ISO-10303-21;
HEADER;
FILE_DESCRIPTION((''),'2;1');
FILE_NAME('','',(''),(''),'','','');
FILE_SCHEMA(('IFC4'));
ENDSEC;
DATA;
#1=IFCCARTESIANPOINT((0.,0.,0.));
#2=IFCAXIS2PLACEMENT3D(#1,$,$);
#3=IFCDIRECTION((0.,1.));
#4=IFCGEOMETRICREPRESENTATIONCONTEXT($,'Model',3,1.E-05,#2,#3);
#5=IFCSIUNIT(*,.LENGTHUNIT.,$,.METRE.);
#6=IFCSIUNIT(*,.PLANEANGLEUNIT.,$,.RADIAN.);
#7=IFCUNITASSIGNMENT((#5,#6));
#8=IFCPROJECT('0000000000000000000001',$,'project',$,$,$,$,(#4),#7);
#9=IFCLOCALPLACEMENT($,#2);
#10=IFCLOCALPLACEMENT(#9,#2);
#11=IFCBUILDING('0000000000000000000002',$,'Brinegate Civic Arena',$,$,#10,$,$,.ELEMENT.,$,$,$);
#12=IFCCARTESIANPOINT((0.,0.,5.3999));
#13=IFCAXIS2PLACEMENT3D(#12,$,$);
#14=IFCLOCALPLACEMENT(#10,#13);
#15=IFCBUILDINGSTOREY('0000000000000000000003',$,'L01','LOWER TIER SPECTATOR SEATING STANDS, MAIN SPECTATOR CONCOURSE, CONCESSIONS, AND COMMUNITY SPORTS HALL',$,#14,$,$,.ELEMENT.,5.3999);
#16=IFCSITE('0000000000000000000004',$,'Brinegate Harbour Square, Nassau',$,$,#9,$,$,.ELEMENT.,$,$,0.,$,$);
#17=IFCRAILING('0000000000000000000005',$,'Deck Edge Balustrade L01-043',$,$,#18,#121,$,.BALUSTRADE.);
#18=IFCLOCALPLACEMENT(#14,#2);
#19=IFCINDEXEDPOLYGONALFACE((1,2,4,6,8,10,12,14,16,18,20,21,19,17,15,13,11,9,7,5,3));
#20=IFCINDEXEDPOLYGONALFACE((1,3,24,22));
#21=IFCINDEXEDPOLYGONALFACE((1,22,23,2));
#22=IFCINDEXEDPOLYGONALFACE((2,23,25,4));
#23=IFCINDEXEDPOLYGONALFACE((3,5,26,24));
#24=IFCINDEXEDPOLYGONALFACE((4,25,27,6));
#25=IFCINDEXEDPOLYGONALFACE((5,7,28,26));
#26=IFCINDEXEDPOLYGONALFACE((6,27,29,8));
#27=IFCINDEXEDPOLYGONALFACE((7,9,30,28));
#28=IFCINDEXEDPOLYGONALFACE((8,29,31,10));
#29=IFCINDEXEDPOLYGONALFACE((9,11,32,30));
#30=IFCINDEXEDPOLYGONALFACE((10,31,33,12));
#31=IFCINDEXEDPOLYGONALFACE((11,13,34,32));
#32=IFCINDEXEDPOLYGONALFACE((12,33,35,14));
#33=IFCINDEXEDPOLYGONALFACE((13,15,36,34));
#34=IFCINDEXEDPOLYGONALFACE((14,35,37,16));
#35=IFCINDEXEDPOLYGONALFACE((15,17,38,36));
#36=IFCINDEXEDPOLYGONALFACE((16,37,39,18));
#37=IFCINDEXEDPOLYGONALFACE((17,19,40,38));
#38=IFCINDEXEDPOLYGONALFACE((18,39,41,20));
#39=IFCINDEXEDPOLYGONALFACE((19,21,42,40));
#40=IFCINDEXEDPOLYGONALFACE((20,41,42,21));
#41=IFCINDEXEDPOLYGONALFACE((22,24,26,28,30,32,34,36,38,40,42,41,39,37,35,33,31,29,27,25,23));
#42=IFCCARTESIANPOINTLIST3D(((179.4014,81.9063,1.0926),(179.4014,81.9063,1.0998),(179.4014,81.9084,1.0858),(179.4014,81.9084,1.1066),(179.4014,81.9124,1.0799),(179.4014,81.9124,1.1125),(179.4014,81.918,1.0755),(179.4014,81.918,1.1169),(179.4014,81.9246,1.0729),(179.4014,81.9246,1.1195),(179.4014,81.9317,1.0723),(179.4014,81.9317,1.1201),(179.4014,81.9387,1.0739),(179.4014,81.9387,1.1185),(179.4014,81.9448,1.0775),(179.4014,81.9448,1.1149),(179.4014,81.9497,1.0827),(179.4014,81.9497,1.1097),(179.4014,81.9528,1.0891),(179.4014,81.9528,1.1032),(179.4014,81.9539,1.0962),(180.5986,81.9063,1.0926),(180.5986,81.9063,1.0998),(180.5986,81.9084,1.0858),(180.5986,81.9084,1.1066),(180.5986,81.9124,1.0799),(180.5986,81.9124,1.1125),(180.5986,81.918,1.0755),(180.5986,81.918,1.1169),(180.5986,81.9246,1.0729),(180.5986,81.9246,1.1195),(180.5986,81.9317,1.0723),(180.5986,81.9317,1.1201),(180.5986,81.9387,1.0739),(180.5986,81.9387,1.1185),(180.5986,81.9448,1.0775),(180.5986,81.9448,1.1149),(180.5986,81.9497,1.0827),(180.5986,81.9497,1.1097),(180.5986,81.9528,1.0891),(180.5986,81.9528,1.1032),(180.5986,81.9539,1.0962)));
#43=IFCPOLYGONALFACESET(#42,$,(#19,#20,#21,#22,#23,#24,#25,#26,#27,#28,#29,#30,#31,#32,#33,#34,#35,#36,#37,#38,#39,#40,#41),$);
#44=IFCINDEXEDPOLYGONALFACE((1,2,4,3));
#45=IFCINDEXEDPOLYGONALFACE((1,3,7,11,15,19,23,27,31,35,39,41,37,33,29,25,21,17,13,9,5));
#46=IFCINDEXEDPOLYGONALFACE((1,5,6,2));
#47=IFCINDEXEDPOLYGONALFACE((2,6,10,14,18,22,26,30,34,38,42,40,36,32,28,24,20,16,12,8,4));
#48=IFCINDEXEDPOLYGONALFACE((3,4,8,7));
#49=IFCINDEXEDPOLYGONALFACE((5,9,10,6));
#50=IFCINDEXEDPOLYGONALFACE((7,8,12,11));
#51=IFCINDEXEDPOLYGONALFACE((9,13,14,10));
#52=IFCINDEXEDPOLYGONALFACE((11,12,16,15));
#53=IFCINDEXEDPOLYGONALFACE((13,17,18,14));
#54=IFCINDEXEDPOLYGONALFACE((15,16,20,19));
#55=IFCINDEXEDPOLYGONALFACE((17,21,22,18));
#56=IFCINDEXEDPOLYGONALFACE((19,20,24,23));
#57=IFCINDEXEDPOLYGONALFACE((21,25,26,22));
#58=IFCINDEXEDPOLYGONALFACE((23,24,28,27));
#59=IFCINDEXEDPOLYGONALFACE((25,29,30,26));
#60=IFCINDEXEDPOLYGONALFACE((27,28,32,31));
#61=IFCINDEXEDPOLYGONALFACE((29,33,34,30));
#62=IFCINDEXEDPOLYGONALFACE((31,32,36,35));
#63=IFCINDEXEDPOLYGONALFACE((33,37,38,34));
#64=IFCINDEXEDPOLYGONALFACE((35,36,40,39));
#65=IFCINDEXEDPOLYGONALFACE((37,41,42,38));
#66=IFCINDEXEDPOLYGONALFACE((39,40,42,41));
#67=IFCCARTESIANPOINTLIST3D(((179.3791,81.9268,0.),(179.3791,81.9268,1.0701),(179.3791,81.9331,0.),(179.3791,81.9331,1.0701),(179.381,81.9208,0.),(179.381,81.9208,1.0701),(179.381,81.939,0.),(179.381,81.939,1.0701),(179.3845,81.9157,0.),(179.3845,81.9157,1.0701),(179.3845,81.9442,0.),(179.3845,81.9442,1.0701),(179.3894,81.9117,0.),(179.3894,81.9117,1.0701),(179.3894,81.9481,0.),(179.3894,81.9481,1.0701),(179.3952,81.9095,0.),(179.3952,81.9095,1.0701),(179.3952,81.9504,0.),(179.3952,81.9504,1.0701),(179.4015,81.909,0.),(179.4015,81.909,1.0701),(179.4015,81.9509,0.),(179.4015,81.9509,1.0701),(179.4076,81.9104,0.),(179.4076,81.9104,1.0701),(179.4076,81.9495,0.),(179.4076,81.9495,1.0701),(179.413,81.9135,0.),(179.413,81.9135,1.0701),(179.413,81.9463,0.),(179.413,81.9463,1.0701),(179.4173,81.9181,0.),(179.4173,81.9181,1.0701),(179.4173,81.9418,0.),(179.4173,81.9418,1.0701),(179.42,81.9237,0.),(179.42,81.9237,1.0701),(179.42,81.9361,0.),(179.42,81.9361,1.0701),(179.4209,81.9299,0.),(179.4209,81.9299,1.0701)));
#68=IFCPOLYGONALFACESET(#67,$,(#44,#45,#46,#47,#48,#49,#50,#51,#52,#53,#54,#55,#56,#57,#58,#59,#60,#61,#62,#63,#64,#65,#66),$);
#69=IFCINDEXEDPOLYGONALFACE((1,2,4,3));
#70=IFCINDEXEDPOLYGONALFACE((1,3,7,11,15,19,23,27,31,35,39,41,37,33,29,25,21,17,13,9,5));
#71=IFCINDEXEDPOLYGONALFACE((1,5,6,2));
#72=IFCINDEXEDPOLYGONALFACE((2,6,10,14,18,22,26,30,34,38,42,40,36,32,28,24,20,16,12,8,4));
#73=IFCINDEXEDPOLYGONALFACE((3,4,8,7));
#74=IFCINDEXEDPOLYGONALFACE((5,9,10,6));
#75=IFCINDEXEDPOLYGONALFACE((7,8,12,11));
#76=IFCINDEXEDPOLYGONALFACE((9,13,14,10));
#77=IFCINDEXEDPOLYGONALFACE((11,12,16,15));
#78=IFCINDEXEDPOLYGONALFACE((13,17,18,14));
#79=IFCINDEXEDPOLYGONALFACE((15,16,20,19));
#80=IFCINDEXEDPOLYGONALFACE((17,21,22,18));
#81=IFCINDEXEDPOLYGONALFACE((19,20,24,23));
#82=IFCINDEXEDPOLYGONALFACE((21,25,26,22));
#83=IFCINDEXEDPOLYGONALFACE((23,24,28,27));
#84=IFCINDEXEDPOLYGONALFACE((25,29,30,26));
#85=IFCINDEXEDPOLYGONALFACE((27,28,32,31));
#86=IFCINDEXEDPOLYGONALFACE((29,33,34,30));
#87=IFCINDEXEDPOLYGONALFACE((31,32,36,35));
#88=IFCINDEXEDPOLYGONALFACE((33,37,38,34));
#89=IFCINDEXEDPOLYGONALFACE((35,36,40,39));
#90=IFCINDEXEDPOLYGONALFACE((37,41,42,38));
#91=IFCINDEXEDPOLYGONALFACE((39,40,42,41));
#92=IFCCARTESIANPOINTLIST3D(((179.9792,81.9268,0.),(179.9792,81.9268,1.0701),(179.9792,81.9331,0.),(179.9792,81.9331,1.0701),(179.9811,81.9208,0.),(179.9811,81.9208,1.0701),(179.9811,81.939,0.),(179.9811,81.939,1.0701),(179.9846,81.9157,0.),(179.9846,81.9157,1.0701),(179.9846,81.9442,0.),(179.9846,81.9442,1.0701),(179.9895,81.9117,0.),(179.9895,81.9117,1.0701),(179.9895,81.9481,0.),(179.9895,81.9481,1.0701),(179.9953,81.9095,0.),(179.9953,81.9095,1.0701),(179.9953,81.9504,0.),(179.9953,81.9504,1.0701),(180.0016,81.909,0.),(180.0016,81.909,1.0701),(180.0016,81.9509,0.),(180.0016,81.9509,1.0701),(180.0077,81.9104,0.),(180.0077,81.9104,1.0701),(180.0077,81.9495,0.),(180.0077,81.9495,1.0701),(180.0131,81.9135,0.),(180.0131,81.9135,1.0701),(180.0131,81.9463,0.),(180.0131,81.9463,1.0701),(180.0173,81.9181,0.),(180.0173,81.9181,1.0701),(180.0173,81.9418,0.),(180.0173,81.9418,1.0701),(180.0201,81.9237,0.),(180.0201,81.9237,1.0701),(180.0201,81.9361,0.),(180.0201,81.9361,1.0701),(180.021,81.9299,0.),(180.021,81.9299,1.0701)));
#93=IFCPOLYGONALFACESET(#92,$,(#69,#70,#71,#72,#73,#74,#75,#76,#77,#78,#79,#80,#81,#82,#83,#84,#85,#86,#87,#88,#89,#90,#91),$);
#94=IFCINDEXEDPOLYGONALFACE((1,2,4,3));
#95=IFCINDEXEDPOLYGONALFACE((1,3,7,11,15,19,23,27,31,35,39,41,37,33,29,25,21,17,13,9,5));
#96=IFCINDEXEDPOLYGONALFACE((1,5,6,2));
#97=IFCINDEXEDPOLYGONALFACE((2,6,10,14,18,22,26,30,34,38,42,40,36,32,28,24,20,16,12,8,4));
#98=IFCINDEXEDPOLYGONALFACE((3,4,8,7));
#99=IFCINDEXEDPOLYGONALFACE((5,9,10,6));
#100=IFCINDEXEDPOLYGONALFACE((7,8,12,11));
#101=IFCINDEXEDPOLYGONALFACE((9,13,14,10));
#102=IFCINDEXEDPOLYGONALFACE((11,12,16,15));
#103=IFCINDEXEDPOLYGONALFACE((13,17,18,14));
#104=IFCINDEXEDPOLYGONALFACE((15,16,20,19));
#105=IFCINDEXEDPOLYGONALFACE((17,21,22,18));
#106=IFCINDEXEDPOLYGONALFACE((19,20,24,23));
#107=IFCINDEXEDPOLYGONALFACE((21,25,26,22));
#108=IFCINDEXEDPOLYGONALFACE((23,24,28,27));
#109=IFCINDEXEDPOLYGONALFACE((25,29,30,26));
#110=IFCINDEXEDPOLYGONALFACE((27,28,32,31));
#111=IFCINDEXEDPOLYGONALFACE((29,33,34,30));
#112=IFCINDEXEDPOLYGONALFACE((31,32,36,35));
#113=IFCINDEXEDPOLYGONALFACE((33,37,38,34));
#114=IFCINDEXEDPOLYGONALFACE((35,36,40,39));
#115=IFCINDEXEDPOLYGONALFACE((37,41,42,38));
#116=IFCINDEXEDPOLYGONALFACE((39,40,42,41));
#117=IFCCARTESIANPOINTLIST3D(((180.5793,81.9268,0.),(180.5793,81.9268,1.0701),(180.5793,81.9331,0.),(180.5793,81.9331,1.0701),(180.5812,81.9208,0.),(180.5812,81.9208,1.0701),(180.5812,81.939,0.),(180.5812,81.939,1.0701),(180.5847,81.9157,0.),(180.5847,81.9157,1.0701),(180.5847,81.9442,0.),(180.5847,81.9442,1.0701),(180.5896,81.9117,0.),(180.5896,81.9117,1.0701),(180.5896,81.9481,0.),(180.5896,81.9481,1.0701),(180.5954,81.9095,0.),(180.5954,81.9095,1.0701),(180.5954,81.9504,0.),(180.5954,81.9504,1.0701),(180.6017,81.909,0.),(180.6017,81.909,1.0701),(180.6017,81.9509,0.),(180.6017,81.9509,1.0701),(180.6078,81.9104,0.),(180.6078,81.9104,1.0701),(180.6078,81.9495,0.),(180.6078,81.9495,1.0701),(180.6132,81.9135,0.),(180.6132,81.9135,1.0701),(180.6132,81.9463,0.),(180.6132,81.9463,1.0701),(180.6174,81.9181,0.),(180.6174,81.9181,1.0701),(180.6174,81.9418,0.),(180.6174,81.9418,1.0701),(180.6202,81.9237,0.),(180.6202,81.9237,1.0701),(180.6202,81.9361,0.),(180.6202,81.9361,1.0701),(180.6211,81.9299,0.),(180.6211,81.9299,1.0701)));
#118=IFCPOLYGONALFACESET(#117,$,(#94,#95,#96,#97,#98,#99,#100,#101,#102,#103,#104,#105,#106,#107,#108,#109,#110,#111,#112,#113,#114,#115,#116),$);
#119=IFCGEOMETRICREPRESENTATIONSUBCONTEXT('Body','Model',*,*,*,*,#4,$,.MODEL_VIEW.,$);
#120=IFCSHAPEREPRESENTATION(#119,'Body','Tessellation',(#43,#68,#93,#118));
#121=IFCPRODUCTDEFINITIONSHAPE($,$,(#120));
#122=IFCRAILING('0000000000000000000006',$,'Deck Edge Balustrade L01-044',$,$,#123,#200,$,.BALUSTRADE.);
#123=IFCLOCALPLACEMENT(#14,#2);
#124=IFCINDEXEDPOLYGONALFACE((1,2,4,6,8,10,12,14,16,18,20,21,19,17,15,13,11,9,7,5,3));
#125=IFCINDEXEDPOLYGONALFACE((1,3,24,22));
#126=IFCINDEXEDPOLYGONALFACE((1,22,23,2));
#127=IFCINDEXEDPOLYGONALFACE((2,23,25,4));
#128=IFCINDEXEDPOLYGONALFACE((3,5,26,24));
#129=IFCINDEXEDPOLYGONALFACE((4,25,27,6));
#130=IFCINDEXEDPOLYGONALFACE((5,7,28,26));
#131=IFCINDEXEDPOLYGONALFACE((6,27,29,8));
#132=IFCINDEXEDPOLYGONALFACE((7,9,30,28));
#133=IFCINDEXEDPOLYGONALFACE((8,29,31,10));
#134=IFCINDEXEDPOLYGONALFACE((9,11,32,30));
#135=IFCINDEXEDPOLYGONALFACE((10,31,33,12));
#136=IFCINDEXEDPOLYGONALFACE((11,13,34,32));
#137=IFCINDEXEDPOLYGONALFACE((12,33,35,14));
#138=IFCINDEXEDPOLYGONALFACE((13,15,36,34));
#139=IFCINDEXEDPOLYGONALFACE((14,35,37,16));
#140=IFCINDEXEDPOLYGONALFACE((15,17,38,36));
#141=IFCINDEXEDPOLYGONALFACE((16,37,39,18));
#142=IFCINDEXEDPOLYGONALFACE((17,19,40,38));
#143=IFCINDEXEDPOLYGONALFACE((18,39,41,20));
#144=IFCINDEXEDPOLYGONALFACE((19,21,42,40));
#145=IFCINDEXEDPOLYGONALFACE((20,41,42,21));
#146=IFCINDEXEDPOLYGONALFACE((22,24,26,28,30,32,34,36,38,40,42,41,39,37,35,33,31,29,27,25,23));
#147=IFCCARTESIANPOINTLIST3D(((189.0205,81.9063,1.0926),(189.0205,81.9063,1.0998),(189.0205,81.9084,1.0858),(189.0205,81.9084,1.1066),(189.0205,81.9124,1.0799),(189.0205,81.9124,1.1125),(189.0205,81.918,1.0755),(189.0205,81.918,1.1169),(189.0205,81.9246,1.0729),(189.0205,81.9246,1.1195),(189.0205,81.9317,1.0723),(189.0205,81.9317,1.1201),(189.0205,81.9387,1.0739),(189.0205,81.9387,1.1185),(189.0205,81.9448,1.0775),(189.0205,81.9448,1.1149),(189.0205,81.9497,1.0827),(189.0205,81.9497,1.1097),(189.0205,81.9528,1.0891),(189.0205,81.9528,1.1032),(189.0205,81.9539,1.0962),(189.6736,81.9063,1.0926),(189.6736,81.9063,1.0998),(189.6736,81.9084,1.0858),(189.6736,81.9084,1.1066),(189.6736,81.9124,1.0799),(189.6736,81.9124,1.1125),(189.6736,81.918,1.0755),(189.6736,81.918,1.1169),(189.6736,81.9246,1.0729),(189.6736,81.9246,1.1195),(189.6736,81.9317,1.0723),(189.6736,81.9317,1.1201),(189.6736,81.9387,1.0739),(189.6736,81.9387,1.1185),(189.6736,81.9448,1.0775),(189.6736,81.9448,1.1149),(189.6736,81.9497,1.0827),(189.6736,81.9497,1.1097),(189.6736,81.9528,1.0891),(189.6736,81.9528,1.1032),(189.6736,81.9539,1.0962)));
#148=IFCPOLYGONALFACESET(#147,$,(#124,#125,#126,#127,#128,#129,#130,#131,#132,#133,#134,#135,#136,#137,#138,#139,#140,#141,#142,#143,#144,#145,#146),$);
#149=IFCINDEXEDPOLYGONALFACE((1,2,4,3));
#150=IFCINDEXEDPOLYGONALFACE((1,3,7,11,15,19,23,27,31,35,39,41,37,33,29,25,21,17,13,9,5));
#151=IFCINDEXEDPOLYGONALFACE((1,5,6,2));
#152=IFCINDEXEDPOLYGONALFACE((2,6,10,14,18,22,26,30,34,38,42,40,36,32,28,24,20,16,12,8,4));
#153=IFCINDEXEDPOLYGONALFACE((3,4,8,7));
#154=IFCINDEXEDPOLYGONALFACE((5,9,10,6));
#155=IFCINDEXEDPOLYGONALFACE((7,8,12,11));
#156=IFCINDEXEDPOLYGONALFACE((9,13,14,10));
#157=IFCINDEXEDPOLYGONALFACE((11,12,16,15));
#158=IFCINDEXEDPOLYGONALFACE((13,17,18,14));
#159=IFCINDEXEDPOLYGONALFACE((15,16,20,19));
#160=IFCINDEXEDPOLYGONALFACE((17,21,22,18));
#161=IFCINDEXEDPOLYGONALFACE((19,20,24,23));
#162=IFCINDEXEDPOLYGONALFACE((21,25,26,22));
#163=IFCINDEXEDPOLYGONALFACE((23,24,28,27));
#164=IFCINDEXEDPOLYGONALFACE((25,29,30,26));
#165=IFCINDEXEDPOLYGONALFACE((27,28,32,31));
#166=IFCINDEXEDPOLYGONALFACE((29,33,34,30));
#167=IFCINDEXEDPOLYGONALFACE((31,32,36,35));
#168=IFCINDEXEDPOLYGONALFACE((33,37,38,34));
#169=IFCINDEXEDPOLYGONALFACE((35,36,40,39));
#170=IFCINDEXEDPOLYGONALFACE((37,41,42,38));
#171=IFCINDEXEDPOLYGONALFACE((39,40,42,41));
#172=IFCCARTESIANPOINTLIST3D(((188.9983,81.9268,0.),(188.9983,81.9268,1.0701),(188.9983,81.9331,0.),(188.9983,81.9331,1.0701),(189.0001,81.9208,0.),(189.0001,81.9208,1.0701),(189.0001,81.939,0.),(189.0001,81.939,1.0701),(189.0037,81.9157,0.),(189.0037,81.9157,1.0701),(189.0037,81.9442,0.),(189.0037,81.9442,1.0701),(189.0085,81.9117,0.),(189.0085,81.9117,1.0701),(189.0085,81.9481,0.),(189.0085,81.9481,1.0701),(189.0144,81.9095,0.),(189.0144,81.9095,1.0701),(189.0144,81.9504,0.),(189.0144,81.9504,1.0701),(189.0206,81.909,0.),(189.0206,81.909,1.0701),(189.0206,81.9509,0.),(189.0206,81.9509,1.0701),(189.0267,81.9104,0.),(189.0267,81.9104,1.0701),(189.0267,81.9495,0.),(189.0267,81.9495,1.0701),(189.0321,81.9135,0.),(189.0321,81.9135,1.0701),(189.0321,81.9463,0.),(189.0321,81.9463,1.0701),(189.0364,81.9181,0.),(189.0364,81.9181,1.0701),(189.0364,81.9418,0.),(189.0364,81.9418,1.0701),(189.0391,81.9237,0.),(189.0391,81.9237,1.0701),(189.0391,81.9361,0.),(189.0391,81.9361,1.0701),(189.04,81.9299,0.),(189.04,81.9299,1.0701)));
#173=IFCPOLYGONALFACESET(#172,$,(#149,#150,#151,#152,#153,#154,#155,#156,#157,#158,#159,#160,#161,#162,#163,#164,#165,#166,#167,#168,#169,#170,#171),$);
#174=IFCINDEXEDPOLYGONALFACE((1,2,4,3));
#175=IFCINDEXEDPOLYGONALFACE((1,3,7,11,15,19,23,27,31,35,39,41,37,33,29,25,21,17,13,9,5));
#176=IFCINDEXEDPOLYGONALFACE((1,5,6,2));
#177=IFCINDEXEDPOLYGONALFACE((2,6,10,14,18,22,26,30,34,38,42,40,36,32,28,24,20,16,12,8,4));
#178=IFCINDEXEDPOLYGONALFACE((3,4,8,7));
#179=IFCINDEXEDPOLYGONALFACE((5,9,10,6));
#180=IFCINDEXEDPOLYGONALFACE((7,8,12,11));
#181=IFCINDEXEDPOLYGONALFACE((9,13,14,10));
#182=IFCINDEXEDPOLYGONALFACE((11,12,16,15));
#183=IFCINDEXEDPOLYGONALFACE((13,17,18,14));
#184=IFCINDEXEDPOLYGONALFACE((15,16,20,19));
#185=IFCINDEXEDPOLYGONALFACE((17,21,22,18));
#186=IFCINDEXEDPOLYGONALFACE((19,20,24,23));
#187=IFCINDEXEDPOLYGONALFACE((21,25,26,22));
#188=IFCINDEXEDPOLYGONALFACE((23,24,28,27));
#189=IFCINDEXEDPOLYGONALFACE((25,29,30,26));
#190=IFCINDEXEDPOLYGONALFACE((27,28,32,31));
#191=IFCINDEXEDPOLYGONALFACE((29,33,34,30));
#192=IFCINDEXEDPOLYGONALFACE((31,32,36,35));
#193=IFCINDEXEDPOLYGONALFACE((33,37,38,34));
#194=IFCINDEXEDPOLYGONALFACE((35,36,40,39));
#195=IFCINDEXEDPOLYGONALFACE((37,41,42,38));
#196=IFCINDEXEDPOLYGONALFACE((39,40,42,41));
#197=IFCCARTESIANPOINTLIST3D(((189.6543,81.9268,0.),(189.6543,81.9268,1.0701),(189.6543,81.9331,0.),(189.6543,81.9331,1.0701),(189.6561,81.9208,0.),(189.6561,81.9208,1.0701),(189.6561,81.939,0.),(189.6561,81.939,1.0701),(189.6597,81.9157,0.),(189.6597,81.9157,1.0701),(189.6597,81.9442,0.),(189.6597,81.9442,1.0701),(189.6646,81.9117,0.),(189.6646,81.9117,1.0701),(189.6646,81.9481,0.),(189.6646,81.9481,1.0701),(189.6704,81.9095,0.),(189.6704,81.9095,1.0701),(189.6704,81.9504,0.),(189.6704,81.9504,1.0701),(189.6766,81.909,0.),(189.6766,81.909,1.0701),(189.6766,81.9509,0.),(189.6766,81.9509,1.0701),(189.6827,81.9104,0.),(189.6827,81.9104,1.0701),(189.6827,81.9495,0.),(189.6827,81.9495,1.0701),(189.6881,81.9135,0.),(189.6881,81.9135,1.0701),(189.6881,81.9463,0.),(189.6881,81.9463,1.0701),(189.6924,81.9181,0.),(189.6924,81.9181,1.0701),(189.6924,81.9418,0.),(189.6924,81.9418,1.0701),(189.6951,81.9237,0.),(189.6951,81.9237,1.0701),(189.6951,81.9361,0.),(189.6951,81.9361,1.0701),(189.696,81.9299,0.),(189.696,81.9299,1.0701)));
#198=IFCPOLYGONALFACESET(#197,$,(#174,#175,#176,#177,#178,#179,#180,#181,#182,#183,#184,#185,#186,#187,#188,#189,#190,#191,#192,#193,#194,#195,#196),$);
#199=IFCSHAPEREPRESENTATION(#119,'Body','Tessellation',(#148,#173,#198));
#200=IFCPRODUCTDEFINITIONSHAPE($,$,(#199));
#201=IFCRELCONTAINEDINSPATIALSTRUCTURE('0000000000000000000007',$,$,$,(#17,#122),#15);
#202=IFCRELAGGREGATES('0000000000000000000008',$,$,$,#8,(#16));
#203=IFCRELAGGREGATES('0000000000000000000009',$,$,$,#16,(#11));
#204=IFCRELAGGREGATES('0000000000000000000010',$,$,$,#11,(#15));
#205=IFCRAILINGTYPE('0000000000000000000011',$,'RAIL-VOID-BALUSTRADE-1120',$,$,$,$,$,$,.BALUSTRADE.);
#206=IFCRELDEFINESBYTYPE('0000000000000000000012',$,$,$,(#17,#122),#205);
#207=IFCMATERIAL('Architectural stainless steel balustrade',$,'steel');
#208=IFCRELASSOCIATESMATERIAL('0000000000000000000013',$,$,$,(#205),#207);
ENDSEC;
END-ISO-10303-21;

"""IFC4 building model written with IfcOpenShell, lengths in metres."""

from ifc_helpers import new_model, si_unit, direction, frame, origin, origin_2d, place, context, subcontext, project, spatial, circle, extrude, material, type_object, element, save


model = new_model("IFC4")

# Units and contexts
model_context = context("Model", 3, precision=1e-05, world=origin(), true_north=direction((0.0, 1.0)))
body_context = subcontext(model_context, "Body", "Model", "MODEL_VIEW")
ifc_project = project(units=[si_unit("LENGTHUNIT", "METRE"), si_unit("PLANEANGLEUNIT", "RADIAN")], contexts=[model_context])

# Site, building, storey
site_placement = place(None, origin())
site = spatial("IfcSite", under=ifc_project, at=site_placement, Name="Brinegate Harbour Square, Nassau", CompositionType="ELEMENT", RefElevation=0.0)
building_placement = place(site_placement, origin())
building = spatial("IfcBuilding", under=site, at=building_placement, Name="Brinegate Civic Arena", CompositionType="ELEMENT")
storey_placement = place(building_placement, frame((0.0, 0.0, 5.3999)))
storey = spatial("IfcBuildingStorey", under=building, at=storey_placement, Name="L01", Description="LOWER TIER SPECTATOR SEATING STANDS, MAIN SPECTATOR CONCOURSE, CONCESSIONS, AND COMMUNITY SPORTS HALL", CompositionType="ELEMENT", Elevation=5.3999)

# Railings
ifc_material_1 = material(Name="Architectural stainless steel balustrade", Category="steel")
railing_type = type_object("IfcRailingType", Name="RAIL-VOID-BALUSTRADE-1120", PredefinedType="BALUSTRADE", material=ifc_material_1)
railing_1_placement = place(storey_placement, frame((179.3999, 81.9299, 0.0)))
element("IfcRailing", 1, at=railing_1_placement, inside=storey, type_object=railing_type, Name="Deck Edge Balustrade L01-043", PredefinedType="BALUSTRADE", context=body_context, shape_type="SweptSolid", body=[
    extrude(circle(Radius=0.0239, at=origin_2d()), frame((0.0015, 0.0, 1.0962), z_axis=(1.0, 0.0, 0.0), x_axis=(0.0, 1.0, 0.0)), (0.0, 0.0, 1.0), 1.1973),
    extrude(circle(Radius=0.021, at=origin_2d()), origin(), (0.0, 0.0, 1.0), 1.0701),
    extrude(circle(Radius=0.021, at=origin_2d()), frame((0.6001, 0.0, 0.0)), (0.0, 0.0, 1.0), 1.0701),
    extrude(circle(Radius=0.021, at=origin_2d()), frame((1.2002, 0.0, 0.0)), (0.0, 0.0, 1.0), 1.0701),
])
railing_2_placement = place(storey_placement, frame((189.019, 81.9299, 0.0)))
element("IfcRailing", 2, at=railing_2_placement, inside=storey, type_object=railing_type, Name="Deck Edge Balustrade L01-044", PredefinedType="BALUSTRADE", context=body_context, shape_type="SweptSolid", body=[
    extrude(circle(Radius=0.0239, at=origin_2d()), frame((0.0015, 0.0, 1.0962), z_axis=(1.0, 0.0, 0.0), x_axis=(0.0, 1.0, 0.0)), (0.0, 0.0, 1.0), 0.6531),
    extrude(circle(Radius=0.021, at=origin_2d()), origin(), (0.0, 0.0, 1.0), 1.0701),
    extrude(circle(Radius=0.021, at=origin_2d()), frame((0.656, 0.0, 0.0)), (0.0, 0.0, 1.0), 1.0701),
])

save(model, "model.ifc")
